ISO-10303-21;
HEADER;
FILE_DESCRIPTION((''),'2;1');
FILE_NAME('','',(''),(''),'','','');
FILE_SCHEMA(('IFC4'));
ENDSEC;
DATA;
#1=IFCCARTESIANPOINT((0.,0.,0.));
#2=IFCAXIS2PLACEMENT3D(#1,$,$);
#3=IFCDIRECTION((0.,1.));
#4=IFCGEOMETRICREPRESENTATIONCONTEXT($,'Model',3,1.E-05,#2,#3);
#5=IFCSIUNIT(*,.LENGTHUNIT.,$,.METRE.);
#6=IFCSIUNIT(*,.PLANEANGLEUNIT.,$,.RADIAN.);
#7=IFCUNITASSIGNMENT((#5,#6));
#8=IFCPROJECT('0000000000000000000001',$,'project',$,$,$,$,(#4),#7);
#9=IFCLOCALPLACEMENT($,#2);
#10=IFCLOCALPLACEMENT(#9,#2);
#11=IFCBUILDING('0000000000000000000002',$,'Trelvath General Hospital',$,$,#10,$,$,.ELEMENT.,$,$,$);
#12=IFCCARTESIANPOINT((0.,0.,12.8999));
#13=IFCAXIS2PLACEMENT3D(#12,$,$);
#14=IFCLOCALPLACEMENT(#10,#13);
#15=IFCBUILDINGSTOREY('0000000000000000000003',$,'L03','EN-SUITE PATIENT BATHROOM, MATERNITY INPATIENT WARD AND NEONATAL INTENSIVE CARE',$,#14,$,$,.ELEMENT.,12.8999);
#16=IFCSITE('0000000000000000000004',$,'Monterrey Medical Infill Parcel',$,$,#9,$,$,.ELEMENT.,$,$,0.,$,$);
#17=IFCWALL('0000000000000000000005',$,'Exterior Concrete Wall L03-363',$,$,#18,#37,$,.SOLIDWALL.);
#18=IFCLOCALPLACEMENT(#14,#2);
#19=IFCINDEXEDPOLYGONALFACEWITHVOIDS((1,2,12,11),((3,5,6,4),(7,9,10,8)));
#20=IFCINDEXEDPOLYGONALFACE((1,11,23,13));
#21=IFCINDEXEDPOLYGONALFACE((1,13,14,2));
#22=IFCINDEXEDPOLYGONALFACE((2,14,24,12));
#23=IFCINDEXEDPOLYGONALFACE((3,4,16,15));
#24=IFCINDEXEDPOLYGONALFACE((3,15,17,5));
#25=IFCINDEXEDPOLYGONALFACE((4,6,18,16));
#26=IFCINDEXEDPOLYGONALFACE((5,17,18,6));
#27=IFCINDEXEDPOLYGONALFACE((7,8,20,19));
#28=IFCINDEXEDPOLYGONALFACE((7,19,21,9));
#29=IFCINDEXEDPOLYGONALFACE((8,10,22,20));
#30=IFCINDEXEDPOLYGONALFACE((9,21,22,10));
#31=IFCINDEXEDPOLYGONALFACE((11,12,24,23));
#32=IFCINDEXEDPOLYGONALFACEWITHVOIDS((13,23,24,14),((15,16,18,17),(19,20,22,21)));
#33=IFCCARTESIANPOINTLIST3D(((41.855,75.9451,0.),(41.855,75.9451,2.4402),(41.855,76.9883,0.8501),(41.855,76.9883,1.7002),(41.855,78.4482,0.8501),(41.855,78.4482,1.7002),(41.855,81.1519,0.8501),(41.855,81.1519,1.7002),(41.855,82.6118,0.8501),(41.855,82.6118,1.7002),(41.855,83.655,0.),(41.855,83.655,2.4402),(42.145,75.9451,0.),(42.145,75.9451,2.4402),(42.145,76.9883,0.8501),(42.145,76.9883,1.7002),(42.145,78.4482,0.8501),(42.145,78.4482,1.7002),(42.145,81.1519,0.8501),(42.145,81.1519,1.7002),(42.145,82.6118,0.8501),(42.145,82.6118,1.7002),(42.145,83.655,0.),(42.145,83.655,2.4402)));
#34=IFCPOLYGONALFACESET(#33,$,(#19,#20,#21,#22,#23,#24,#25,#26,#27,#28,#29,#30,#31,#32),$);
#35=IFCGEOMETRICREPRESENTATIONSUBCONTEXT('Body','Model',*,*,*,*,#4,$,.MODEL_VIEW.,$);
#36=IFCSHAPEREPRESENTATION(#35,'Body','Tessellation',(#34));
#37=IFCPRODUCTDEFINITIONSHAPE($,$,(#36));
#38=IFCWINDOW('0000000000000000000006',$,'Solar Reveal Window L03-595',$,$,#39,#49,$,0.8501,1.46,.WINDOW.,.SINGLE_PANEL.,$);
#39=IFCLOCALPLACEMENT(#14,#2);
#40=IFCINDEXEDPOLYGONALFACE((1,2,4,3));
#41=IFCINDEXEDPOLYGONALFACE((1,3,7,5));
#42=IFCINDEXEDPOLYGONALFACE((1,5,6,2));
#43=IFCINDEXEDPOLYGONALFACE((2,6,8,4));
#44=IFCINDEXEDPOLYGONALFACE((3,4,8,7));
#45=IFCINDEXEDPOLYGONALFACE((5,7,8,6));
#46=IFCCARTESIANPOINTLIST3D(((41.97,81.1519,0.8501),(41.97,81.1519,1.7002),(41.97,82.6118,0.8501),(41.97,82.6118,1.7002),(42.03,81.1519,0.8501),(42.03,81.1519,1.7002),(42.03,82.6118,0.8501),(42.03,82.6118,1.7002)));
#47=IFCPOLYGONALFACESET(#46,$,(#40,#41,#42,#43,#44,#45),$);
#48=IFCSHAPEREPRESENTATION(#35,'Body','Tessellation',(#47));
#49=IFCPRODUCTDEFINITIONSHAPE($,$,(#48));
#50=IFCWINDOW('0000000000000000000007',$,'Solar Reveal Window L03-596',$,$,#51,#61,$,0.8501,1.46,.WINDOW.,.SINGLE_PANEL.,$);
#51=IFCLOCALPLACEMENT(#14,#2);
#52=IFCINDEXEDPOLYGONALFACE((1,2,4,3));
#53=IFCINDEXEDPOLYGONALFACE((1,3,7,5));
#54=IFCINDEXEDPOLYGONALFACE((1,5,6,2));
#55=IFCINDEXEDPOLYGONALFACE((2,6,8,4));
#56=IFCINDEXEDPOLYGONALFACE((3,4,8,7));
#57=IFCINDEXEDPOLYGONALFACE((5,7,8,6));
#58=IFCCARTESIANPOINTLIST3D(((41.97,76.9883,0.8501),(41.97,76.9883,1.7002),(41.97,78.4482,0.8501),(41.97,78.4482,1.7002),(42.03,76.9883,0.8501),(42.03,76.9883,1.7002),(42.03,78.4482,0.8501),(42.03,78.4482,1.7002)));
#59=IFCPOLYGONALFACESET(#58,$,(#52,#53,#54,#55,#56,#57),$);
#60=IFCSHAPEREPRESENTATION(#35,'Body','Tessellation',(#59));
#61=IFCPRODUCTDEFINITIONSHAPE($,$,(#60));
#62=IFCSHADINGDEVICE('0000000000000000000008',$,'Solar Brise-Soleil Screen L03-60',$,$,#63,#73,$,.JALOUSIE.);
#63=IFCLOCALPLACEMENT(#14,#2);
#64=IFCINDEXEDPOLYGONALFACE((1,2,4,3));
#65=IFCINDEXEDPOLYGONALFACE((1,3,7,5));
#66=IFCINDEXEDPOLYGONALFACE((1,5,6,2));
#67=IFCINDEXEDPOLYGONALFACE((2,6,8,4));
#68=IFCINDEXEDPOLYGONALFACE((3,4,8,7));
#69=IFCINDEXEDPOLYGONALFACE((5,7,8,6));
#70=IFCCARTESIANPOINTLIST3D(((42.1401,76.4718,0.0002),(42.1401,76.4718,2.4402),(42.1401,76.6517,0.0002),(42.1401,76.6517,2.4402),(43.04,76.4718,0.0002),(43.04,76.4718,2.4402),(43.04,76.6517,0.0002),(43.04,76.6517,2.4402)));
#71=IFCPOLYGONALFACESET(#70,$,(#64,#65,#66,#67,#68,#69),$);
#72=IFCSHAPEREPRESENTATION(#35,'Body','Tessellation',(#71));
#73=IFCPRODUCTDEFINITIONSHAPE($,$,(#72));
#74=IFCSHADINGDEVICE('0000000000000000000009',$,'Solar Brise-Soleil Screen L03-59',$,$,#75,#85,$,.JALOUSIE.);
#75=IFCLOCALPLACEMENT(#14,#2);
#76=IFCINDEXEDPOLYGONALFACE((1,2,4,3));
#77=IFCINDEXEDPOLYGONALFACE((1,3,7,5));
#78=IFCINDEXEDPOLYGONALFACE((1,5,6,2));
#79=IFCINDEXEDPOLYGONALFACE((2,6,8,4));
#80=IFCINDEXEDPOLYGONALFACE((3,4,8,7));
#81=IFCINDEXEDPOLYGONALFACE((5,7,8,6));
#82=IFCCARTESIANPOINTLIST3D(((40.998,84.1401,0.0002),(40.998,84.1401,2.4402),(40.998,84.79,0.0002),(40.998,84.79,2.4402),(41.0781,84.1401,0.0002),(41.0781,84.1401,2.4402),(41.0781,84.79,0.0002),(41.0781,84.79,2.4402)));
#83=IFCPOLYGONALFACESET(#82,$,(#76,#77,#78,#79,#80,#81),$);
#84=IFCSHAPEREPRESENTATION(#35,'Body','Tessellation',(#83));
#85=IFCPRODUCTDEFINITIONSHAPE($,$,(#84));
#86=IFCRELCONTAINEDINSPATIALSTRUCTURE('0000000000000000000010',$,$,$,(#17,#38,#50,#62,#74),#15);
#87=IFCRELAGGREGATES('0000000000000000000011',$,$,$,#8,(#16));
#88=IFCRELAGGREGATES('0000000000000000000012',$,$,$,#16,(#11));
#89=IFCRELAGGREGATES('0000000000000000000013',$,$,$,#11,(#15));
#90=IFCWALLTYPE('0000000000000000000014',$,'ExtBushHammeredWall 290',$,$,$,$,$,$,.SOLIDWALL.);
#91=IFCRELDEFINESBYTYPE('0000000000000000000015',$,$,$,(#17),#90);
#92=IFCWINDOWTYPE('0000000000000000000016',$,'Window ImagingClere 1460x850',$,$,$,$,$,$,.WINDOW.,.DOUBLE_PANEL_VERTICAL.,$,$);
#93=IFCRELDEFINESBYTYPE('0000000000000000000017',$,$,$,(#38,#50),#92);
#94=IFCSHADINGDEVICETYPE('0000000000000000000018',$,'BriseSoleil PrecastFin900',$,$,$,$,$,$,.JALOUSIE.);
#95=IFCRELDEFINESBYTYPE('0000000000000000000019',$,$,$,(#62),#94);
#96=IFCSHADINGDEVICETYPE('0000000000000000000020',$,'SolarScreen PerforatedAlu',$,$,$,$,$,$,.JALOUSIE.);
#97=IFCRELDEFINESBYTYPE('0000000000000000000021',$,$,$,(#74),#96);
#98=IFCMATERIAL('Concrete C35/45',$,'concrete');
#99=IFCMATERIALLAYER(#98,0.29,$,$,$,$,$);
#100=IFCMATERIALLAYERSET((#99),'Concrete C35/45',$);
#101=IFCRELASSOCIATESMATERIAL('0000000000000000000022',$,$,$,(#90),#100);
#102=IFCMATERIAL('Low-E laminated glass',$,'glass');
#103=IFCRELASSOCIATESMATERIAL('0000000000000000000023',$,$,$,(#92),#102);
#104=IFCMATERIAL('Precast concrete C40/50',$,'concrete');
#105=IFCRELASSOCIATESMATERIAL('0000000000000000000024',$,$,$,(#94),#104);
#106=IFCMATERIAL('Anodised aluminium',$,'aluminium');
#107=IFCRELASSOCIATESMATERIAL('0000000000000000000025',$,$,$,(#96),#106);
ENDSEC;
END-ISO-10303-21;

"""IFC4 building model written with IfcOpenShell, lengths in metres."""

from ifc_helpers import new_model, si_unit, direction, frame, frame_2d, origin, origin_2d, place, context, subcontext, project, spatial, rectangle, extrude, material, layer, layer_set, type_object, element, fill, save


model = new_model("IFC4")

# Units and contexts
model_context = context("Model", 3, precision=1e-05, world=origin(), true_north=direction((0.0, 1.0)))
body_context = subcontext(model_context, "Body", "Model", "MODEL_VIEW")
ifc_project = project(units=[si_unit("LENGTHUNIT", "METRE"), si_unit("PLANEANGLEUNIT", "RADIAN")], contexts=[model_context])

# Site, building, storey
site_placement = place(None, origin())
site = spatial("IfcSite", under=ifc_project, at=site_placement, Name="Monterrey Medical Infill Parcel", CompositionType="ELEMENT", RefElevation=0.0)
building_placement = place(site_placement, origin())
building = spatial("IfcBuilding", under=site, at=building_placement, Name="Trelvath General Hospital", CompositionType="ELEMENT")
storey_placement = place(building_placement, frame((0.0, 0.0, 12.8999)))
storey = spatial("IfcBuildingStorey", under=building, at=storey_placement, Name="L03", Description="EN-SUITE PATIENT BATHROOM, MATERNITY INPATIENT WARD AND NEONATAL INTENSIVE CARE", CompositionType="ELEMENT", Elevation=12.8999)

# Wall, openings, windows
ifc_material_1 = material(Name="Concrete C35/45", Category="concrete")
ifc_layer_1 = layer(ifc_material_1, 0.29)
ifc_layer_set_1 = layer_set([ifc_layer_1], Name="Concrete C35/45")
wall_type_1 = type_object("IfcWallType", Name="ExtBushHammeredWall 290", PredefinedType="SOLIDWALL", material=ifc_layer_set_1)
ifc_material_2 = material(Name="Low-E laminated glass", Category="glass")
window_type = type_object("IfcWindowType", Name="Window ImagingClere 1460x850", PartitioningType="DOUBLE_PANEL_VERTICAL", PredefinedType="WINDOW", material=ifc_material_2)
wall_1_placement = place(storey_placement, frame((42.0, 83.655, 0.0), z_axis=(0.0, 0.0, 1.0), x_axis=(0.0, -1.0, 0.0)))
wall_1 = element("IfcWall", 1, at=wall_1_placement, inside=storey, type_object=wall_type_1, Name="Exterior Concrete Wall L03-363", PredefinedType="SOLIDWALL", context=body_context, shape_type="SweptSolid", body=[
    extrude(rectangle(XDim=7.71, YDim=0.29, at=frame_2d((3.855, 0.0))), origin(), (0.0, 0.0, 1.0), 2.4402),
])
opening_1_placement = place(wall_1_placement, frame((1.0432, 0.0, 0.8501)))
opening_1 = element("IfcOpeningElement", 2, at=opening_1_placement, cuts=wall_1, PredefinedType="OPENING", context=body_context, shape_type="SweptSolid", body=[
    extrude(rectangle(XDim=1.46, YDim=0.8501, at=frame_2d((0.73, 0.425))), frame((0.0, 0.155, 0.0), z_axis=(0.0, -1.0, 0.0), x_axis=(1.0, 0.0, 0.0)), (0.0, 0.0, 1.0), 0.3101),
])
opening_2_placement = place(wall_1_placement, frame((5.2068, 0.0, 0.8501)))
opening_2 = element("IfcOpeningElement", 3, at=opening_2_placement, cuts=wall_1, PredefinedType="OPENING", context=body_context, shape_type="SweptSolid", body=[
    extrude(rectangle(XDim=1.46, YDim=0.8501, at=frame_2d((0.73, 0.425))), frame((0.0, 0.155, 0.0), z_axis=(0.0, -1.0, 0.0), x_axis=(1.0, 0.0, 0.0)), (0.0, 0.0, 1.0), 0.3101),
])
window_1_placement = place(opening_1_placement, origin())
window_1 = element("IfcWindow", 4, at=window_1_placement, inside=storey, type_object=window_type, Name="Solar Reveal Window L03-595", OverallHeight=0.8501, OverallWidth=1.46, PartitioningType="SINGLE_PANEL", PredefinedType="WINDOW", context=body_context, shape_type="SweptSolid", body=[
    extrude(rectangle(XDim=1.46, YDim=0.8501, at=frame_2d((0.73, 0.425))), frame((0.0, 0.03, 0.0), z_axis=(0.0, -1.0, 0.0), x_axis=(1.0, 0.0, 0.0)), (0.0, 0.0, 1.0), 0.0601),
])
fill(opening_1, window_1)
window_2_placement = place(opening_2_placement, origin())
window_2 = element("IfcWindow", 5, at=window_2_placement, inside=storey, type_object=window_type, Name="Solar Reveal Window L03-596", OverallHeight=0.8501, OverallWidth=1.46, PartitioningType="SINGLE_PANEL", PredefinedType="WINDOW", context=body_context, shape_type="SweptSolid", body=[
    extrude(rectangle(XDim=1.46, YDim=0.8501, at=frame_2d((0.73, 0.425))), frame((0.0, 0.03, 0.0), z_axis=(0.0, -1.0, 0.0), x_axis=(1.0, 0.0, 0.0)), (0.0, 0.0, 1.0), 0.0601),
])
fill(opening_2, window_2)

# Shading devices
ifc_material_3 = material(Name="Precast concrete C40/50", Category="concrete")
shading_device_type_1 = type_object("IfcShadingDeviceType", Name="BriseSoleil PrecastFin900", PredefinedType="JALOUSIE", material=ifc_material_3)
shading_device_1_placement = place(storey_placement, frame((42.5901, 76.5618, 0.0002), z_axis=(0.0, 0.0, 1.0), x_axis=(1.0, 0.0, 0.0)))
element("IfcShadingDevice", 6, at=shading_device_1_placement, inside=storey, type_object=shading_device_type_1, Name="Solar Brise-Soleil Screen L03-60", PredefinedType="JALOUSIE", context=body_context, shape_type="SweptSolid", body=[
    extrude(rectangle(XDim=0.8999, YDim=0.1799, at=origin_2d()), origin(), (0.0, 0.0, 1.0), 2.4399),
])
ifc_material_4 = material(Name="Anodised aluminium", Category="aluminium")
shading_device_type_2 = type_object("IfcShadingDeviceType", Name="SolarScreen PerforatedAlu", PredefinedType="JALOUSIE", material=ifc_material_4)
shading_device_2_placement = place(storey_placement, frame((41.0381, 84.4651, 0.0002), z_axis=(0.0, 0.0, 1.0), x_axis=(0.0, 1.0, 0.0)))
element("IfcShadingDevice", 7, at=shading_device_2_placement, inside=storey, type_object=shading_device_type_2, Name="Solar Brise-Soleil Screen L03-59", PredefinedType="JALOUSIE", context=body_context, shape_type="SweptSolid", body=[
    extrude(rectangle(XDim=0.6499, YDim=0.0801, at=origin_2d()), origin(), (0.0, 0.0, 1.0), 2.4399),
])

save(model, "model.ifc")
